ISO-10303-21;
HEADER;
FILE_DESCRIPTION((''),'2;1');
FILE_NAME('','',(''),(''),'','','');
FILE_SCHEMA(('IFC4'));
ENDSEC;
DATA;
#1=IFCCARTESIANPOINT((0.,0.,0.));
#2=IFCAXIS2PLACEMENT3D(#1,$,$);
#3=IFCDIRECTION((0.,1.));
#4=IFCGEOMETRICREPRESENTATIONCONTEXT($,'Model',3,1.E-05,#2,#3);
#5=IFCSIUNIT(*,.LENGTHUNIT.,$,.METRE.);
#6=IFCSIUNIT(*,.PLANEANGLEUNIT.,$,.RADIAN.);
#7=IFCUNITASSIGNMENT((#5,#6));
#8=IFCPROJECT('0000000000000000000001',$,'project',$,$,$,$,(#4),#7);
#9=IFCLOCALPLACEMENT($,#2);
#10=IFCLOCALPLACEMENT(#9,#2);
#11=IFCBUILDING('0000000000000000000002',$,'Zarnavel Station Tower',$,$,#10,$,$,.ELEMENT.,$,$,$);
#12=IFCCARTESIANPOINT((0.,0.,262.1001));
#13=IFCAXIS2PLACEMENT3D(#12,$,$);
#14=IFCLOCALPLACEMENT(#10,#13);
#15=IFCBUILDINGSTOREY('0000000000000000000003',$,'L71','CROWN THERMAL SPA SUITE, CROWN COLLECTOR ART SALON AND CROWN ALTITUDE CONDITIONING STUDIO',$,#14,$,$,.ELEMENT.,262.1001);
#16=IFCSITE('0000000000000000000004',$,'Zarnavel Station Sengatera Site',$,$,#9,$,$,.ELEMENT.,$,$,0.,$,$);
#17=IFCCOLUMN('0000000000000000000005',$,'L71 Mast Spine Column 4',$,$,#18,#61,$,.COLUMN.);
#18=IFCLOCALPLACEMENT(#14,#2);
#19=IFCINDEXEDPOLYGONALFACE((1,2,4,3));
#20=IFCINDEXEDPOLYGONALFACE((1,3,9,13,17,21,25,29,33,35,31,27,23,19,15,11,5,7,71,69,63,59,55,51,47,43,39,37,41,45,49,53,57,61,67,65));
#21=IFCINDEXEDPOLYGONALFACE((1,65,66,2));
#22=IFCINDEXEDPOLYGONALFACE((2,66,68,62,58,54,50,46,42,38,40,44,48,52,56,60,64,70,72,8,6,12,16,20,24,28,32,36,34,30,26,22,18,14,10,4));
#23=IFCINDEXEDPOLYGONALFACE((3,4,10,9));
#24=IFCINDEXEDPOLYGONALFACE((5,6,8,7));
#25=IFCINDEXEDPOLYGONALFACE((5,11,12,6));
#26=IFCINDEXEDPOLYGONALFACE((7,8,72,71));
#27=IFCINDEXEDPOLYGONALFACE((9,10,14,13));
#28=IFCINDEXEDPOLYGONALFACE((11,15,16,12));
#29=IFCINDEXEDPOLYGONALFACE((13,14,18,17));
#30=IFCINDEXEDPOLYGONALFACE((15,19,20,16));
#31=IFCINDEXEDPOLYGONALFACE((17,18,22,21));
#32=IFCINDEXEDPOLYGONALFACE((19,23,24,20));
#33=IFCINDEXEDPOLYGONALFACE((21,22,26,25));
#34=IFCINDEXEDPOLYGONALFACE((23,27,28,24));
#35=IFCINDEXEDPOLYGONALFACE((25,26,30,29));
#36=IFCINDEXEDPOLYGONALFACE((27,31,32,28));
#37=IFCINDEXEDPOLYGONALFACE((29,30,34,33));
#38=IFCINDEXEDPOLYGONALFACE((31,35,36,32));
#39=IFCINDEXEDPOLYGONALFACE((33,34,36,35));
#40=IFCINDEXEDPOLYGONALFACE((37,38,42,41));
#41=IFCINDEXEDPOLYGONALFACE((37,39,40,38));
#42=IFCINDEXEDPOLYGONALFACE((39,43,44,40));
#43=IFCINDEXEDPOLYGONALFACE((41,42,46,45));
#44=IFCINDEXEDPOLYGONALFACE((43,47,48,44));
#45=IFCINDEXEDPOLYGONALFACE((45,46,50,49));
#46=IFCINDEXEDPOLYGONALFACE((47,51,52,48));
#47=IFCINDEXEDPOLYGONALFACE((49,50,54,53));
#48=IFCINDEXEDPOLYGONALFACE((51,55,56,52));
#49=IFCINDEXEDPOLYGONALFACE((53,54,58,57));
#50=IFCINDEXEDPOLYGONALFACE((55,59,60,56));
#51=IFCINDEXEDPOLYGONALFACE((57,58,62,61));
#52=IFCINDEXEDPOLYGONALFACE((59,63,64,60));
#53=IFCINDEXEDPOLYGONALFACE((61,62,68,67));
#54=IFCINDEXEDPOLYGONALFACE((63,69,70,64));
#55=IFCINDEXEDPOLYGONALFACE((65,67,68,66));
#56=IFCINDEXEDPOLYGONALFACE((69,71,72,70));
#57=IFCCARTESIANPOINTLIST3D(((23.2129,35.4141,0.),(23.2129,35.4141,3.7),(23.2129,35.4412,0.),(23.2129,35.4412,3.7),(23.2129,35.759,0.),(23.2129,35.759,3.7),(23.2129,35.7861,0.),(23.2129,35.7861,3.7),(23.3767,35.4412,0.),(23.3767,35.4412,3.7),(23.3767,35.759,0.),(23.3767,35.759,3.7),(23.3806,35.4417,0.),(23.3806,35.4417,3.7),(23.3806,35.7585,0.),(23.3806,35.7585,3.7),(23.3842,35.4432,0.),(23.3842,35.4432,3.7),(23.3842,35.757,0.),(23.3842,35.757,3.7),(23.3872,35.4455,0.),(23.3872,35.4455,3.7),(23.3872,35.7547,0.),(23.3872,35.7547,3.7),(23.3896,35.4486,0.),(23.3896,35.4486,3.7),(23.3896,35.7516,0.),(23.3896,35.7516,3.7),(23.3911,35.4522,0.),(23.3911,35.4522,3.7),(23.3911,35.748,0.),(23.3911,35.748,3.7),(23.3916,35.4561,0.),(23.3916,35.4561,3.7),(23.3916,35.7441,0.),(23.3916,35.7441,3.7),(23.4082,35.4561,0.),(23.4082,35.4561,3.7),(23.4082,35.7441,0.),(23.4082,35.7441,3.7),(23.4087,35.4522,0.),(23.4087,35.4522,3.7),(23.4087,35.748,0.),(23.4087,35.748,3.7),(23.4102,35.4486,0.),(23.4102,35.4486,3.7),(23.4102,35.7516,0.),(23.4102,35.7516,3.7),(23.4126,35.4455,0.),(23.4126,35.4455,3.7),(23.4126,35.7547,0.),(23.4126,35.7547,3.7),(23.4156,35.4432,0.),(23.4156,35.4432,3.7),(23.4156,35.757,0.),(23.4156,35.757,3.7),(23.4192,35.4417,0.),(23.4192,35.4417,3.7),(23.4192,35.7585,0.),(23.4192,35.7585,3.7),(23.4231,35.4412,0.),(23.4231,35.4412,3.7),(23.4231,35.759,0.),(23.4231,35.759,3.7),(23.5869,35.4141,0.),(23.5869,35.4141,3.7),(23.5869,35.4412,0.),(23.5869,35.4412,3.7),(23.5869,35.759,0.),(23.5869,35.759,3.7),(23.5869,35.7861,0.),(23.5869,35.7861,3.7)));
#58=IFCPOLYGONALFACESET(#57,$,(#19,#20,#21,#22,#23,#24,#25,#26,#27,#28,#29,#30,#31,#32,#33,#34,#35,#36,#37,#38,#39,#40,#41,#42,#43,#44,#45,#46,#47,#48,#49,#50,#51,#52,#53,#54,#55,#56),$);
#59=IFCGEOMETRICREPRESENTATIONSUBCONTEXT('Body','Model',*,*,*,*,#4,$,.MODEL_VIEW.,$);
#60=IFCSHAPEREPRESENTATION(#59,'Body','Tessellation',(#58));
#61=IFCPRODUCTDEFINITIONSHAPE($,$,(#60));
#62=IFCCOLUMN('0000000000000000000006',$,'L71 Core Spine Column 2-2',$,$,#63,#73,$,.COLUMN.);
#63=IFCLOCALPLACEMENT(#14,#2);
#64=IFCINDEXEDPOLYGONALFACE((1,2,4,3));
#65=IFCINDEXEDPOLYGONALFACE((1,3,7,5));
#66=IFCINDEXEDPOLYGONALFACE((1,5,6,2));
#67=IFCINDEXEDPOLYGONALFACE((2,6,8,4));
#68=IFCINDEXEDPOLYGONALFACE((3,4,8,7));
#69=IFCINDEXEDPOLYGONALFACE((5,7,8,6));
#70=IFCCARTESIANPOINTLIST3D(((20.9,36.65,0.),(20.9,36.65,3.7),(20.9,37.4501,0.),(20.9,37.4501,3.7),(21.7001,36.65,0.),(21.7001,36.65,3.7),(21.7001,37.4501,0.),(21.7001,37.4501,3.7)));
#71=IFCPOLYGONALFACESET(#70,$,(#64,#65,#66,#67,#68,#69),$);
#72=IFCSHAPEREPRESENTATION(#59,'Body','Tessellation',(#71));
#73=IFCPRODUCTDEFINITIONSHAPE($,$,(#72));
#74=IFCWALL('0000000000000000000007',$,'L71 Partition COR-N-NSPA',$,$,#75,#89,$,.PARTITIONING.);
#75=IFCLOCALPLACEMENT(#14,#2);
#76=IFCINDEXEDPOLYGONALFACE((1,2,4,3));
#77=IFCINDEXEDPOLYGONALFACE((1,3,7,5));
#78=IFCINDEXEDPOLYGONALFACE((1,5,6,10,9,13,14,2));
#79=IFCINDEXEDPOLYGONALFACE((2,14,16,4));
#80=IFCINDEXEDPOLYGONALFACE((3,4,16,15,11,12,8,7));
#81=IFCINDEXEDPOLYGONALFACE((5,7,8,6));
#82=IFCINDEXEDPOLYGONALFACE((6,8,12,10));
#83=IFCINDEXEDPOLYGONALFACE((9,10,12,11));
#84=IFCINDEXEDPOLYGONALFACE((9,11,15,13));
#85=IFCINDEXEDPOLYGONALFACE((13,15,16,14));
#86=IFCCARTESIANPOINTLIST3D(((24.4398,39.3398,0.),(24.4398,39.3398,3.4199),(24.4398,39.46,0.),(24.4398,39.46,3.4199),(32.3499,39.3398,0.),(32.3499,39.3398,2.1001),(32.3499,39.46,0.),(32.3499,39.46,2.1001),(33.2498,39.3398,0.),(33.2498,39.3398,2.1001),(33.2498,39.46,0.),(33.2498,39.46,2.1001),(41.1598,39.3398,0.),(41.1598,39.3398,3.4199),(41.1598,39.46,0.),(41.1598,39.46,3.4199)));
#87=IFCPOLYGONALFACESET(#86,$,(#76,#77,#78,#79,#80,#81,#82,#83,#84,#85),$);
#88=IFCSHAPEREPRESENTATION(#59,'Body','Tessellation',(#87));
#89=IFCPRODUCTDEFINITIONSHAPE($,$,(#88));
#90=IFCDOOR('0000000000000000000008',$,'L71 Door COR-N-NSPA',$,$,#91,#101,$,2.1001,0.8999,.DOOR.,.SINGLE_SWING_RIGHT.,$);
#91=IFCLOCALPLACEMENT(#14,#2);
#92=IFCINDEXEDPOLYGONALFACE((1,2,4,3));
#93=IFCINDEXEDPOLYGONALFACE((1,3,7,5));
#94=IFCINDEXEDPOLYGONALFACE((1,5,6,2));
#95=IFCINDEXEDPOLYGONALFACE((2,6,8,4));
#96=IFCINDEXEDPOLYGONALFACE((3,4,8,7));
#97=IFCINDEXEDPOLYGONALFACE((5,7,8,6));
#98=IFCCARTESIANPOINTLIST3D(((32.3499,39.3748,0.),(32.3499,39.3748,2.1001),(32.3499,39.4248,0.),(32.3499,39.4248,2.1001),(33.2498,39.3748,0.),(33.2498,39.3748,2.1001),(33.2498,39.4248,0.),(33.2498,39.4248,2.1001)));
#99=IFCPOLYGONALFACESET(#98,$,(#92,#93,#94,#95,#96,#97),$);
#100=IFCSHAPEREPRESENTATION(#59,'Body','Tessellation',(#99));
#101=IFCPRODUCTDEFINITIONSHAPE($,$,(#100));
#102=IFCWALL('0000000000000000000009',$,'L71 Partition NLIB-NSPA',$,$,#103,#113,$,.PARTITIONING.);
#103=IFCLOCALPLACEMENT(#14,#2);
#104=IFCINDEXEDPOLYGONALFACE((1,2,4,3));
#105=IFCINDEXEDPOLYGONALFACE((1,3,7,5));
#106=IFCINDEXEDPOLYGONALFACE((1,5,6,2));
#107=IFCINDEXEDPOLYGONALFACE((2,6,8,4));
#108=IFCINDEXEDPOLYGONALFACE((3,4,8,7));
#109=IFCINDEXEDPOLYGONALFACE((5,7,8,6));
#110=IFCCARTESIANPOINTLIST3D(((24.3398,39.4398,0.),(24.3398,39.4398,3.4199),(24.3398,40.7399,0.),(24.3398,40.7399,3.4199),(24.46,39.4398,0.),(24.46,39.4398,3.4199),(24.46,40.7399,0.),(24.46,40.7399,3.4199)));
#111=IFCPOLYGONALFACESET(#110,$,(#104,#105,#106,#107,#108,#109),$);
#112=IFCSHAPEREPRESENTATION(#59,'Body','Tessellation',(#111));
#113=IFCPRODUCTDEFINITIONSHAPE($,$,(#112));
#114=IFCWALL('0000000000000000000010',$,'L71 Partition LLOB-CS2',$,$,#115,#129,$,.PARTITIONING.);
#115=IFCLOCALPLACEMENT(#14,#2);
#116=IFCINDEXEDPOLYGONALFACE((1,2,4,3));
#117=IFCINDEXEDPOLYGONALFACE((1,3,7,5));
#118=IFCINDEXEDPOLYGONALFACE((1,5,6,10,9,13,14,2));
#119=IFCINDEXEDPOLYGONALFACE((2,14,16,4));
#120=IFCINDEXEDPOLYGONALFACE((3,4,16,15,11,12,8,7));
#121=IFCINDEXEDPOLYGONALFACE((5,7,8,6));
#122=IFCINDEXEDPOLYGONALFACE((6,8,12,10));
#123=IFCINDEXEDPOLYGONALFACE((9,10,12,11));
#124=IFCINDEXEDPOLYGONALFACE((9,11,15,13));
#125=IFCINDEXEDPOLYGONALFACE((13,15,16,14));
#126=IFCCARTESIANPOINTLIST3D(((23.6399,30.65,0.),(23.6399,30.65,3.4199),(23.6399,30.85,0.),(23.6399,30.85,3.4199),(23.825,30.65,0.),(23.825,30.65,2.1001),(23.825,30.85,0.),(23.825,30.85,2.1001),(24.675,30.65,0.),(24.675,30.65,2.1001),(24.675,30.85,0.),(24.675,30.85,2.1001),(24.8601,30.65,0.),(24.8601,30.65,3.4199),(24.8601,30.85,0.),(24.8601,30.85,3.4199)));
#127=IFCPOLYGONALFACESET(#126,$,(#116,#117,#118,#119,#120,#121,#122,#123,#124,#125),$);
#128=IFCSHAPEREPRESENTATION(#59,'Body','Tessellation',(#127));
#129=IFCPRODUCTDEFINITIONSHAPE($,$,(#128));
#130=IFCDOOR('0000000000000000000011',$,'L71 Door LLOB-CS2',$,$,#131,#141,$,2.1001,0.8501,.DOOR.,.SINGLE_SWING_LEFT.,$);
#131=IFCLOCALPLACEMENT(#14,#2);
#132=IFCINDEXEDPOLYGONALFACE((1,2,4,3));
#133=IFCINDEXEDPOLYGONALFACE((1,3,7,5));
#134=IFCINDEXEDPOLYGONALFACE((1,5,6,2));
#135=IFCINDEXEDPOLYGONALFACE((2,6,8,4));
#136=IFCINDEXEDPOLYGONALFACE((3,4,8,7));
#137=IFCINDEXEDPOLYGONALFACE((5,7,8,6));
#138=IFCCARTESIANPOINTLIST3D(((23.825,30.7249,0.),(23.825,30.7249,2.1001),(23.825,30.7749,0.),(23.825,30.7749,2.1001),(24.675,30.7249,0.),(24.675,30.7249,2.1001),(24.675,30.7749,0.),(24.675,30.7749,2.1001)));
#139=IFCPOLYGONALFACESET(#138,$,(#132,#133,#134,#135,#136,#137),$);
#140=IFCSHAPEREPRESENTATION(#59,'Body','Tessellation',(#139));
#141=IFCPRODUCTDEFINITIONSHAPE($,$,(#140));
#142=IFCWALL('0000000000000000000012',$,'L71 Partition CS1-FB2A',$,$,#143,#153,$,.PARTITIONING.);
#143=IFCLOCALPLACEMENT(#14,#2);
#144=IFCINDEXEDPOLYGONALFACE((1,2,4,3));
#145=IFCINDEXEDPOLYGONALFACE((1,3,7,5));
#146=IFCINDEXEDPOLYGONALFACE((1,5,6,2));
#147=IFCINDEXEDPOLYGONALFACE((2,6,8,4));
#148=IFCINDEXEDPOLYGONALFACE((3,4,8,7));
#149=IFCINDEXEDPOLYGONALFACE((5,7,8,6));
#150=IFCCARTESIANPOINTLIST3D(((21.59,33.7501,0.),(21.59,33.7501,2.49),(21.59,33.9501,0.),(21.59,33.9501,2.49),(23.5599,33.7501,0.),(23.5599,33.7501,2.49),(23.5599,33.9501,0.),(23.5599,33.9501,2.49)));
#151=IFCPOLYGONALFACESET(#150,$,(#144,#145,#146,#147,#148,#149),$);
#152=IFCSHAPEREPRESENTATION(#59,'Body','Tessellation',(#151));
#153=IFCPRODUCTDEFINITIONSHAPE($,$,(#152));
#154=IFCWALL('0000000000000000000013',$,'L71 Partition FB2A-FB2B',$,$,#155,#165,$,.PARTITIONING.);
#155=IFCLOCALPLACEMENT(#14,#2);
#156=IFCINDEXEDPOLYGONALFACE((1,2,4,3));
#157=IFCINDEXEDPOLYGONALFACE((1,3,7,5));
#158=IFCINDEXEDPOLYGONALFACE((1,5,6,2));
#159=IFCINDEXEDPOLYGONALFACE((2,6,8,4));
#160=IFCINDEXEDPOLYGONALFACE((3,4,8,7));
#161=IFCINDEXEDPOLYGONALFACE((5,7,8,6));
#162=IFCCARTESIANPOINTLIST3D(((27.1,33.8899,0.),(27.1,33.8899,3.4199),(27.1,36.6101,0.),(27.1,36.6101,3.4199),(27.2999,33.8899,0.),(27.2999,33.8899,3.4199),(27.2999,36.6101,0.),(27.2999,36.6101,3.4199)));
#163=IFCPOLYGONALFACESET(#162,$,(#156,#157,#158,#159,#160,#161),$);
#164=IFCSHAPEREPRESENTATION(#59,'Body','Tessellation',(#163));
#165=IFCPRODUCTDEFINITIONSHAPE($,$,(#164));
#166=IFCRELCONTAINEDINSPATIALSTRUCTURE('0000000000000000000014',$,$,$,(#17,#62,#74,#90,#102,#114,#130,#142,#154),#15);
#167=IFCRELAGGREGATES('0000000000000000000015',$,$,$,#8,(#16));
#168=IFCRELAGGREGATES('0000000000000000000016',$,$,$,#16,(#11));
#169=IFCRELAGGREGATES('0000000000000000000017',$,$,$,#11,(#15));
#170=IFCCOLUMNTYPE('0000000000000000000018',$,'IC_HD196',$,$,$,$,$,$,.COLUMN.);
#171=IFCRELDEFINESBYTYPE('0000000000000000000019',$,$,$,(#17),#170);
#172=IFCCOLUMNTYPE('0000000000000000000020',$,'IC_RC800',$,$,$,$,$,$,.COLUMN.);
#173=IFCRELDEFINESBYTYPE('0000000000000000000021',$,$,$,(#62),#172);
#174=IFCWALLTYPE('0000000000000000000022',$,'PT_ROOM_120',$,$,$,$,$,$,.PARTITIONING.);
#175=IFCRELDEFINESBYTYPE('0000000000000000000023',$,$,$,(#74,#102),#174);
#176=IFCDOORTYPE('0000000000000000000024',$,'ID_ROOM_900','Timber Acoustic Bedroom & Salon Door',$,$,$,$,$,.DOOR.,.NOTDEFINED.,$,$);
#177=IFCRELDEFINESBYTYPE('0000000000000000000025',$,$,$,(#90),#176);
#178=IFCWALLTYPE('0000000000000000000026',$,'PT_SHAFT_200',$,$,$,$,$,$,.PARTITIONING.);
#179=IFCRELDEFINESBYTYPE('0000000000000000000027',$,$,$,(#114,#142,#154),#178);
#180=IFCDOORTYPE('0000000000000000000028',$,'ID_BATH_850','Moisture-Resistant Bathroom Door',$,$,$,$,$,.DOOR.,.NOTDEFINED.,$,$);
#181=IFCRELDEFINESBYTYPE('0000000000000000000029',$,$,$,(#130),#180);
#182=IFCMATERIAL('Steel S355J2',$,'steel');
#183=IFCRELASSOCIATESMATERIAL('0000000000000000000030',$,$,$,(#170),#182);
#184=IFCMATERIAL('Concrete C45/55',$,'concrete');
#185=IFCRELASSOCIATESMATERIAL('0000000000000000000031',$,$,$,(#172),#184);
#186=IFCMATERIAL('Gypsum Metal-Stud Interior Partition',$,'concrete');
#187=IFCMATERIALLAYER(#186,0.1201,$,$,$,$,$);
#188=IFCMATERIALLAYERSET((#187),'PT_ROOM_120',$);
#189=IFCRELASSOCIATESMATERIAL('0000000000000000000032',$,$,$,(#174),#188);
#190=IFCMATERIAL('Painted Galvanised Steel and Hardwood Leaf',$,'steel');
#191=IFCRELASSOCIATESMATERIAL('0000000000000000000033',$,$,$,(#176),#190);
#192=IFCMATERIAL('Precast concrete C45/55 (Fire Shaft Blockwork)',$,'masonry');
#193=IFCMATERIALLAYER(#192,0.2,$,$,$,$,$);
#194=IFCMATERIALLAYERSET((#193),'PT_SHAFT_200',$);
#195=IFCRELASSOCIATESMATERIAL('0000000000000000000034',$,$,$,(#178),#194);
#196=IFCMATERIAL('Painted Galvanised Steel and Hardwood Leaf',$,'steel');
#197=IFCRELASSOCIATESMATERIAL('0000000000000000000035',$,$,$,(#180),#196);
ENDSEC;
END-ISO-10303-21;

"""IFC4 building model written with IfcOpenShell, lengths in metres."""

from ifc_helpers import new_model, si_unit, direction, frame, frame_2d, origin, origin_2d, place, context, subcontext, project, spatial, rectangle, i_section, extrude, material, layer, layer_set, material_profile, profile_set, type_object, element, fill, save


model = new_model("IFC4")

# Units and contexts
model_context = context("Model", 3, precision=1e-05, world=origin(), true_north=direction((0.0, 1.0)))
body_context = subcontext(model_context, "Body", "Model", "MODEL_VIEW")
ifc_project = project(units=[si_unit("LENGTHUNIT", "METRE"), si_unit("PLANEANGLEUNIT", "RADIAN")], contexts=[model_context])

# Site, building, storey
site_placement = place(None, origin())
site = spatial("IfcSite", under=ifc_project, at=site_placement, Name="Zarnavel Station Sengatera Site", CompositionType="ELEMENT", RefElevation=0.0)
building_placement = place(site_placement, origin())
building = spatial("IfcBuilding", under=site, at=building_placement, Name="Zarnavel Station Tower", CompositionType="ELEMENT")
storey_placement = place(building_placement, frame((0.0, 0.0, 262.1001)))
storey = spatial("IfcBuildingStorey", under=building, at=storey_placement, Name="L71", Description="CROWN THERMAL SPA SUITE, CROWN COLLECTOR ART SALON AND CROWN ALTITUDE CONDITIONING STUDIO", CompositionType="ELEMENT", Elevation=262.1001)

# Columns
ifc_material_1 = material(Name="Steel S355J2", Category="steel")
ifc_material_profile_1 = material_profile(ifc_material_1, i_section(OverallWidth=0.374, OverallDepth=0.3721, WebThickness=0.0166, FlangeThickness=0.0271, FilletRadius=0.0149, at=origin_2d()), Name="HD360x196")
ifc_profile_set_1 = profile_set([ifc_material_profile_1], Name="Steel S355J2")
column_type_1 = type_object("IfcColumnType", Name="IC_HD196", PredefinedType="COLUMN", material=ifc_profile_set_1)
column_1_placement = place(storey_placement, frame((23.3999, 35.6001, 0.0), z_axis=(0.0, 0.0, 1.0), x_axis=(1.0, 0.0, 0.0)))
element("IfcColumn", 1, at=column_1_placement, inside=storey, type_object=column_type_1, Name="L71 Mast Spine Column 4", PredefinedType="COLUMN", context=body_context, shape_type="SweptSolid", body=[
    extrude(i_section(OverallWidth=0.374, OverallDepth=0.3721, WebThickness=0.0166, FlangeThickness=0.0271, FilletRadius=0.0149, at=origin_2d()), origin(), (0.0, 0.0, 1.0), 3.7),
])
ifc_material_2 = material(Name="Concrete C45/55", Category="concrete")
ifc_material_profile_2 = material_profile(ifc_material_2, rectangle(XDim=0.8, YDim=0.8, at=origin_2d()), Name="RC800x800")
ifc_profile_set_2 = profile_set([ifc_material_profile_2], Name="Concrete C45/55")
column_type_2 = type_object("IfcColumnType", Name="IC_RC800", PredefinedType="COLUMN", material=ifc_profile_set_2)
column_2_placement = place(storey_placement, frame((21.3, 37.05, 0.0), z_axis=(0.0, 0.0, 1.0), x_axis=(1.0, 0.0, 0.0)))
element("IfcColumn", 2, at=column_2_placement, inside=storey, type_object=column_type_2, Name="L71 Core Spine Column 2-2", PredefinedType="COLUMN", context=body_context, shape_type="SweptSolid", body=[
    extrude(rectangle(XDim=0.8, YDim=0.8, at=origin_2d()), origin(), (0.0, 0.0, 1.0), 3.7),
])

# Wall, opening, door
ifc_material_3 = material(Name="Gypsum Metal-Stud Interior Partition", Category="concrete")
ifc_layer_1 = layer(ifc_material_3, 0.1201)
ifc_layer_set_1 = layer_set([ifc_layer_1], Name="PT_ROOM_120")
wall_type_1 = type_object("IfcWallType", Name="PT_ROOM_120", PredefinedType="PARTITIONING", material=ifc_layer_set_1)
wall_1_placement = place(storey_placement, frame((24.4399, 39.3999, 0.0), z_axis=(0.0, 0.0, 1.0), x_axis=(1.0, 0.0, 0.0)))
wall_1 = element("IfcWall", 3, at=wall_1_placement, inside=storey, type_object=wall_type_1, Name="L71 Partition COR-N-NSPA", PredefinedType="PARTITIONING", context=body_context, shape_type="SweptSolid", body=[
    extrude(rectangle(XDim=16.72, YDim=0.1201, at=frame_2d((8.3599, 0.0))), origin(), (0.0, 0.0, 1.0), 3.4199),
])
opening_1_placement = place(wall_1_placement, frame((7.9099, 0.0, 0.0)))
opening_1 = element("IfcOpeningElement", 4, at=opening_1_placement, cuts=wall_1, PredefinedType="OPENING", context=body_context, shape_type="SweptSolid", body=[
    extrude(rectangle(XDim=0.8999, YDim=2.1001, at=frame_2d((0.45, 1.05))), frame((0.0, 0.0701, 0.0), z_axis=(0.0, -1.0, 0.0), x_axis=(1.0, 0.0, 0.0)), (0.0, 0.0, 1.0), 0.1401),
])
ifc_material_4 = material(Name="Painted Galvanised Steel and Hardwood Leaf", Category="steel")
door_type_1 = type_object("IfcDoorType", Name="ID_ROOM_900", Description="Timber Acoustic Bedroom & Salon Door", OperationType="NOTDEFINED", PredefinedType="DOOR", material=ifc_material_4)
door_1_placement = place(opening_1_placement, origin())
door_1 = element("IfcDoor", 5, at=door_1_placement, inside=storey, type_object=door_type_1, Name="L71 Door COR-N-NSPA", OperationType="SINGLE_SWING_RIGHT", OverallHeight=2.1001, OverallWidth=0.8999, PredefinedType="DOOR", context=body_context, shape_type="SweptSolid", body=[
    extrude(rectangle(XDim=0.8999, YDim=2.1001, at=frame_2d((0.45, 1.05))), frame((0.0, 0.0249, 0.0), z_axis=(0.0, -1.0, 0.0), x_axis=(1.0, 0.0, 0.0)), (0.0, 0.0, 1.0), 0.05),
])
fill(opening_1, door_1)

# Wall
wall_2_placement = place(storey_placement, frame((24.3999, 39.4399, 0.0), z_axis=(0.0, 0.0, 1.0), x_axis=(0.0, 1.0, 0.0)))
element("IfcWall", 6, at=wall_2_placement, inside=storey, type_object=wall_type_1, Name="L71 Partition NLIB-NSPA", PredefinedType="PARTITIONING", context=body_context, shape_type="SweptSolid", body=[
    extrude(rectangle(XDim=1.3, YDim=0.1201, at=frame_2d((0.6499, 0.0))), origin(), (0.0, 0.0, 1.0), 3.4199),
])

# Wall, opening, door
ifc_material_5 = material(Name="Precast concrete C45/55 (Fire Shaft Blockwork)", Category="masonry")
ifc_layer_2 = layer(ifc_material_5, 0.2)
ifc_layer_set_2 = layer_set([ifc_layer_2], Name="PT_SHAFT_200")
wall_type_2 = type_object("IfcWallType", Name="PT_SHAFT_200", PredefinedType="PARTITIONING", material=ifc_layer_set_2)
wall_3_placement = place(storey_placement, frame((23.6399, 30.75, 0.0), z_axis=(0.0, 0.0, 1.0), x_axis=(1.0, 0.0, 0.0)))
wall_3 = element("IfcWall", 7, at=wall_3_placement, inside=storey, type_object=wall_type_2, Name="L71 Partition LLOB-CS2", PredefinedType="PARTITIONING", context=body_context, shape_type="SweptSolid", body=[
    extrude(rectangle(XDim=1.2202, YDim=0.2, at=frame_2d((0.6101, 0.0))), origin(), (0.0, 0.0, 1.0), 3.4199),
])
opening_2_placement = place(wall_3_placement, frame((0.1851, 0.0, 0.0)))
opening_2 = element("IfcOpeningElement", 8, at=opening_2_placement, cuts=wall_3, PredefinedType="OPENING", context=body_context, shape_type="SweptSolid", body=[
    extrude(rectangle(XDim=0.8501, YDim=2.1001, at=frame_2d((0.425, 1.05))), frame((0.0, 0.1099, 0.0), z_axis=(0.0, -1.0, 0.0), x_axis=(1.0, 0.0, 0.0)), (0.0, 0.0, 1.0), 0.22),
])
ifc_material_6 = material(Name="Painted Galvanised Steel and Hardwood Leaf", Category="steel")
door_type_2 = type_object("IfcDoorType", Name="ID_BATH_850", Description="Moisture-Resistant Bathroom Door", OperationType="NOTDEFINED", PredefinedType="DOOR", material=ifc_material_6)
door_2_placement = place(opening_2_placement, origin())
door_2 = element("IfcDoor", 9, at=door_2_placement, inside=storey, type_object=door_type_2, Name="L71 Door LLOB-CS2", OperationType="SINGLE_SWING_LEFT", OverallHeight=2.1001, OverallWidth=0.8501, PredefinedType="DOOR", context=body_context, shape_type="SweptSolid", body=[
    extrude(rectangle(XDim=0.8501, YDim=2.1001, at=frame_2d((0.425, 1.05))), frame((0.0, 0.0249, 0.0), z_axis=(0.0, -1.0, 0.0), x_axis=(1.0, 0.0, 0.0)), (0.0, 0.0, 1.0), 0.05),
])
fill(opening_2, door_2)

# Walls
wall_4_placement = place(storey_placement, frame((21.5901, 33.8501, 0.0), z_axis=(0.0, 0.0, 1.0), x_axis=(1.0, 0.0, 0.0)))
element("IfcWall", 10, at=wall_4_placement, inside=storey, type_object=wall_type_2, Name="L71 Partition CS1-FB2A", PredefinedType="PARTITIONING", context=body_context, shape_type="SweptSolid", body=[
    extrude(rectangle(XDim=1.97, YDim=0.2, at=frame_2d((0.9849, 0.0))), origin(), (0.0, 0.0, 1.0), 2.49),
])
wall_5_placement = place(storey_placement, frame((27.2, 33.8899, 0.0), z_axis=(0.0, 0.0, 1.0), x_axis=(0.0, 1.0, 0.0)))
element("IfcWall", 11, at=wall_5_placement, inside=storey, type_object=wall_type_2, Name="L71 Partition FB2A-FB2B", PredefinedType="PARTITIONING", context=body_context, shape_type="SweptSolid", body=[
    extrude(rectangle(XDim=2.7202, YDim=0.2, at=frame_2d((1.3601, 0.0))), origin(), (0.0, 0.0, 1.0), 3.4199),
])

save(model, "model.ifc")
